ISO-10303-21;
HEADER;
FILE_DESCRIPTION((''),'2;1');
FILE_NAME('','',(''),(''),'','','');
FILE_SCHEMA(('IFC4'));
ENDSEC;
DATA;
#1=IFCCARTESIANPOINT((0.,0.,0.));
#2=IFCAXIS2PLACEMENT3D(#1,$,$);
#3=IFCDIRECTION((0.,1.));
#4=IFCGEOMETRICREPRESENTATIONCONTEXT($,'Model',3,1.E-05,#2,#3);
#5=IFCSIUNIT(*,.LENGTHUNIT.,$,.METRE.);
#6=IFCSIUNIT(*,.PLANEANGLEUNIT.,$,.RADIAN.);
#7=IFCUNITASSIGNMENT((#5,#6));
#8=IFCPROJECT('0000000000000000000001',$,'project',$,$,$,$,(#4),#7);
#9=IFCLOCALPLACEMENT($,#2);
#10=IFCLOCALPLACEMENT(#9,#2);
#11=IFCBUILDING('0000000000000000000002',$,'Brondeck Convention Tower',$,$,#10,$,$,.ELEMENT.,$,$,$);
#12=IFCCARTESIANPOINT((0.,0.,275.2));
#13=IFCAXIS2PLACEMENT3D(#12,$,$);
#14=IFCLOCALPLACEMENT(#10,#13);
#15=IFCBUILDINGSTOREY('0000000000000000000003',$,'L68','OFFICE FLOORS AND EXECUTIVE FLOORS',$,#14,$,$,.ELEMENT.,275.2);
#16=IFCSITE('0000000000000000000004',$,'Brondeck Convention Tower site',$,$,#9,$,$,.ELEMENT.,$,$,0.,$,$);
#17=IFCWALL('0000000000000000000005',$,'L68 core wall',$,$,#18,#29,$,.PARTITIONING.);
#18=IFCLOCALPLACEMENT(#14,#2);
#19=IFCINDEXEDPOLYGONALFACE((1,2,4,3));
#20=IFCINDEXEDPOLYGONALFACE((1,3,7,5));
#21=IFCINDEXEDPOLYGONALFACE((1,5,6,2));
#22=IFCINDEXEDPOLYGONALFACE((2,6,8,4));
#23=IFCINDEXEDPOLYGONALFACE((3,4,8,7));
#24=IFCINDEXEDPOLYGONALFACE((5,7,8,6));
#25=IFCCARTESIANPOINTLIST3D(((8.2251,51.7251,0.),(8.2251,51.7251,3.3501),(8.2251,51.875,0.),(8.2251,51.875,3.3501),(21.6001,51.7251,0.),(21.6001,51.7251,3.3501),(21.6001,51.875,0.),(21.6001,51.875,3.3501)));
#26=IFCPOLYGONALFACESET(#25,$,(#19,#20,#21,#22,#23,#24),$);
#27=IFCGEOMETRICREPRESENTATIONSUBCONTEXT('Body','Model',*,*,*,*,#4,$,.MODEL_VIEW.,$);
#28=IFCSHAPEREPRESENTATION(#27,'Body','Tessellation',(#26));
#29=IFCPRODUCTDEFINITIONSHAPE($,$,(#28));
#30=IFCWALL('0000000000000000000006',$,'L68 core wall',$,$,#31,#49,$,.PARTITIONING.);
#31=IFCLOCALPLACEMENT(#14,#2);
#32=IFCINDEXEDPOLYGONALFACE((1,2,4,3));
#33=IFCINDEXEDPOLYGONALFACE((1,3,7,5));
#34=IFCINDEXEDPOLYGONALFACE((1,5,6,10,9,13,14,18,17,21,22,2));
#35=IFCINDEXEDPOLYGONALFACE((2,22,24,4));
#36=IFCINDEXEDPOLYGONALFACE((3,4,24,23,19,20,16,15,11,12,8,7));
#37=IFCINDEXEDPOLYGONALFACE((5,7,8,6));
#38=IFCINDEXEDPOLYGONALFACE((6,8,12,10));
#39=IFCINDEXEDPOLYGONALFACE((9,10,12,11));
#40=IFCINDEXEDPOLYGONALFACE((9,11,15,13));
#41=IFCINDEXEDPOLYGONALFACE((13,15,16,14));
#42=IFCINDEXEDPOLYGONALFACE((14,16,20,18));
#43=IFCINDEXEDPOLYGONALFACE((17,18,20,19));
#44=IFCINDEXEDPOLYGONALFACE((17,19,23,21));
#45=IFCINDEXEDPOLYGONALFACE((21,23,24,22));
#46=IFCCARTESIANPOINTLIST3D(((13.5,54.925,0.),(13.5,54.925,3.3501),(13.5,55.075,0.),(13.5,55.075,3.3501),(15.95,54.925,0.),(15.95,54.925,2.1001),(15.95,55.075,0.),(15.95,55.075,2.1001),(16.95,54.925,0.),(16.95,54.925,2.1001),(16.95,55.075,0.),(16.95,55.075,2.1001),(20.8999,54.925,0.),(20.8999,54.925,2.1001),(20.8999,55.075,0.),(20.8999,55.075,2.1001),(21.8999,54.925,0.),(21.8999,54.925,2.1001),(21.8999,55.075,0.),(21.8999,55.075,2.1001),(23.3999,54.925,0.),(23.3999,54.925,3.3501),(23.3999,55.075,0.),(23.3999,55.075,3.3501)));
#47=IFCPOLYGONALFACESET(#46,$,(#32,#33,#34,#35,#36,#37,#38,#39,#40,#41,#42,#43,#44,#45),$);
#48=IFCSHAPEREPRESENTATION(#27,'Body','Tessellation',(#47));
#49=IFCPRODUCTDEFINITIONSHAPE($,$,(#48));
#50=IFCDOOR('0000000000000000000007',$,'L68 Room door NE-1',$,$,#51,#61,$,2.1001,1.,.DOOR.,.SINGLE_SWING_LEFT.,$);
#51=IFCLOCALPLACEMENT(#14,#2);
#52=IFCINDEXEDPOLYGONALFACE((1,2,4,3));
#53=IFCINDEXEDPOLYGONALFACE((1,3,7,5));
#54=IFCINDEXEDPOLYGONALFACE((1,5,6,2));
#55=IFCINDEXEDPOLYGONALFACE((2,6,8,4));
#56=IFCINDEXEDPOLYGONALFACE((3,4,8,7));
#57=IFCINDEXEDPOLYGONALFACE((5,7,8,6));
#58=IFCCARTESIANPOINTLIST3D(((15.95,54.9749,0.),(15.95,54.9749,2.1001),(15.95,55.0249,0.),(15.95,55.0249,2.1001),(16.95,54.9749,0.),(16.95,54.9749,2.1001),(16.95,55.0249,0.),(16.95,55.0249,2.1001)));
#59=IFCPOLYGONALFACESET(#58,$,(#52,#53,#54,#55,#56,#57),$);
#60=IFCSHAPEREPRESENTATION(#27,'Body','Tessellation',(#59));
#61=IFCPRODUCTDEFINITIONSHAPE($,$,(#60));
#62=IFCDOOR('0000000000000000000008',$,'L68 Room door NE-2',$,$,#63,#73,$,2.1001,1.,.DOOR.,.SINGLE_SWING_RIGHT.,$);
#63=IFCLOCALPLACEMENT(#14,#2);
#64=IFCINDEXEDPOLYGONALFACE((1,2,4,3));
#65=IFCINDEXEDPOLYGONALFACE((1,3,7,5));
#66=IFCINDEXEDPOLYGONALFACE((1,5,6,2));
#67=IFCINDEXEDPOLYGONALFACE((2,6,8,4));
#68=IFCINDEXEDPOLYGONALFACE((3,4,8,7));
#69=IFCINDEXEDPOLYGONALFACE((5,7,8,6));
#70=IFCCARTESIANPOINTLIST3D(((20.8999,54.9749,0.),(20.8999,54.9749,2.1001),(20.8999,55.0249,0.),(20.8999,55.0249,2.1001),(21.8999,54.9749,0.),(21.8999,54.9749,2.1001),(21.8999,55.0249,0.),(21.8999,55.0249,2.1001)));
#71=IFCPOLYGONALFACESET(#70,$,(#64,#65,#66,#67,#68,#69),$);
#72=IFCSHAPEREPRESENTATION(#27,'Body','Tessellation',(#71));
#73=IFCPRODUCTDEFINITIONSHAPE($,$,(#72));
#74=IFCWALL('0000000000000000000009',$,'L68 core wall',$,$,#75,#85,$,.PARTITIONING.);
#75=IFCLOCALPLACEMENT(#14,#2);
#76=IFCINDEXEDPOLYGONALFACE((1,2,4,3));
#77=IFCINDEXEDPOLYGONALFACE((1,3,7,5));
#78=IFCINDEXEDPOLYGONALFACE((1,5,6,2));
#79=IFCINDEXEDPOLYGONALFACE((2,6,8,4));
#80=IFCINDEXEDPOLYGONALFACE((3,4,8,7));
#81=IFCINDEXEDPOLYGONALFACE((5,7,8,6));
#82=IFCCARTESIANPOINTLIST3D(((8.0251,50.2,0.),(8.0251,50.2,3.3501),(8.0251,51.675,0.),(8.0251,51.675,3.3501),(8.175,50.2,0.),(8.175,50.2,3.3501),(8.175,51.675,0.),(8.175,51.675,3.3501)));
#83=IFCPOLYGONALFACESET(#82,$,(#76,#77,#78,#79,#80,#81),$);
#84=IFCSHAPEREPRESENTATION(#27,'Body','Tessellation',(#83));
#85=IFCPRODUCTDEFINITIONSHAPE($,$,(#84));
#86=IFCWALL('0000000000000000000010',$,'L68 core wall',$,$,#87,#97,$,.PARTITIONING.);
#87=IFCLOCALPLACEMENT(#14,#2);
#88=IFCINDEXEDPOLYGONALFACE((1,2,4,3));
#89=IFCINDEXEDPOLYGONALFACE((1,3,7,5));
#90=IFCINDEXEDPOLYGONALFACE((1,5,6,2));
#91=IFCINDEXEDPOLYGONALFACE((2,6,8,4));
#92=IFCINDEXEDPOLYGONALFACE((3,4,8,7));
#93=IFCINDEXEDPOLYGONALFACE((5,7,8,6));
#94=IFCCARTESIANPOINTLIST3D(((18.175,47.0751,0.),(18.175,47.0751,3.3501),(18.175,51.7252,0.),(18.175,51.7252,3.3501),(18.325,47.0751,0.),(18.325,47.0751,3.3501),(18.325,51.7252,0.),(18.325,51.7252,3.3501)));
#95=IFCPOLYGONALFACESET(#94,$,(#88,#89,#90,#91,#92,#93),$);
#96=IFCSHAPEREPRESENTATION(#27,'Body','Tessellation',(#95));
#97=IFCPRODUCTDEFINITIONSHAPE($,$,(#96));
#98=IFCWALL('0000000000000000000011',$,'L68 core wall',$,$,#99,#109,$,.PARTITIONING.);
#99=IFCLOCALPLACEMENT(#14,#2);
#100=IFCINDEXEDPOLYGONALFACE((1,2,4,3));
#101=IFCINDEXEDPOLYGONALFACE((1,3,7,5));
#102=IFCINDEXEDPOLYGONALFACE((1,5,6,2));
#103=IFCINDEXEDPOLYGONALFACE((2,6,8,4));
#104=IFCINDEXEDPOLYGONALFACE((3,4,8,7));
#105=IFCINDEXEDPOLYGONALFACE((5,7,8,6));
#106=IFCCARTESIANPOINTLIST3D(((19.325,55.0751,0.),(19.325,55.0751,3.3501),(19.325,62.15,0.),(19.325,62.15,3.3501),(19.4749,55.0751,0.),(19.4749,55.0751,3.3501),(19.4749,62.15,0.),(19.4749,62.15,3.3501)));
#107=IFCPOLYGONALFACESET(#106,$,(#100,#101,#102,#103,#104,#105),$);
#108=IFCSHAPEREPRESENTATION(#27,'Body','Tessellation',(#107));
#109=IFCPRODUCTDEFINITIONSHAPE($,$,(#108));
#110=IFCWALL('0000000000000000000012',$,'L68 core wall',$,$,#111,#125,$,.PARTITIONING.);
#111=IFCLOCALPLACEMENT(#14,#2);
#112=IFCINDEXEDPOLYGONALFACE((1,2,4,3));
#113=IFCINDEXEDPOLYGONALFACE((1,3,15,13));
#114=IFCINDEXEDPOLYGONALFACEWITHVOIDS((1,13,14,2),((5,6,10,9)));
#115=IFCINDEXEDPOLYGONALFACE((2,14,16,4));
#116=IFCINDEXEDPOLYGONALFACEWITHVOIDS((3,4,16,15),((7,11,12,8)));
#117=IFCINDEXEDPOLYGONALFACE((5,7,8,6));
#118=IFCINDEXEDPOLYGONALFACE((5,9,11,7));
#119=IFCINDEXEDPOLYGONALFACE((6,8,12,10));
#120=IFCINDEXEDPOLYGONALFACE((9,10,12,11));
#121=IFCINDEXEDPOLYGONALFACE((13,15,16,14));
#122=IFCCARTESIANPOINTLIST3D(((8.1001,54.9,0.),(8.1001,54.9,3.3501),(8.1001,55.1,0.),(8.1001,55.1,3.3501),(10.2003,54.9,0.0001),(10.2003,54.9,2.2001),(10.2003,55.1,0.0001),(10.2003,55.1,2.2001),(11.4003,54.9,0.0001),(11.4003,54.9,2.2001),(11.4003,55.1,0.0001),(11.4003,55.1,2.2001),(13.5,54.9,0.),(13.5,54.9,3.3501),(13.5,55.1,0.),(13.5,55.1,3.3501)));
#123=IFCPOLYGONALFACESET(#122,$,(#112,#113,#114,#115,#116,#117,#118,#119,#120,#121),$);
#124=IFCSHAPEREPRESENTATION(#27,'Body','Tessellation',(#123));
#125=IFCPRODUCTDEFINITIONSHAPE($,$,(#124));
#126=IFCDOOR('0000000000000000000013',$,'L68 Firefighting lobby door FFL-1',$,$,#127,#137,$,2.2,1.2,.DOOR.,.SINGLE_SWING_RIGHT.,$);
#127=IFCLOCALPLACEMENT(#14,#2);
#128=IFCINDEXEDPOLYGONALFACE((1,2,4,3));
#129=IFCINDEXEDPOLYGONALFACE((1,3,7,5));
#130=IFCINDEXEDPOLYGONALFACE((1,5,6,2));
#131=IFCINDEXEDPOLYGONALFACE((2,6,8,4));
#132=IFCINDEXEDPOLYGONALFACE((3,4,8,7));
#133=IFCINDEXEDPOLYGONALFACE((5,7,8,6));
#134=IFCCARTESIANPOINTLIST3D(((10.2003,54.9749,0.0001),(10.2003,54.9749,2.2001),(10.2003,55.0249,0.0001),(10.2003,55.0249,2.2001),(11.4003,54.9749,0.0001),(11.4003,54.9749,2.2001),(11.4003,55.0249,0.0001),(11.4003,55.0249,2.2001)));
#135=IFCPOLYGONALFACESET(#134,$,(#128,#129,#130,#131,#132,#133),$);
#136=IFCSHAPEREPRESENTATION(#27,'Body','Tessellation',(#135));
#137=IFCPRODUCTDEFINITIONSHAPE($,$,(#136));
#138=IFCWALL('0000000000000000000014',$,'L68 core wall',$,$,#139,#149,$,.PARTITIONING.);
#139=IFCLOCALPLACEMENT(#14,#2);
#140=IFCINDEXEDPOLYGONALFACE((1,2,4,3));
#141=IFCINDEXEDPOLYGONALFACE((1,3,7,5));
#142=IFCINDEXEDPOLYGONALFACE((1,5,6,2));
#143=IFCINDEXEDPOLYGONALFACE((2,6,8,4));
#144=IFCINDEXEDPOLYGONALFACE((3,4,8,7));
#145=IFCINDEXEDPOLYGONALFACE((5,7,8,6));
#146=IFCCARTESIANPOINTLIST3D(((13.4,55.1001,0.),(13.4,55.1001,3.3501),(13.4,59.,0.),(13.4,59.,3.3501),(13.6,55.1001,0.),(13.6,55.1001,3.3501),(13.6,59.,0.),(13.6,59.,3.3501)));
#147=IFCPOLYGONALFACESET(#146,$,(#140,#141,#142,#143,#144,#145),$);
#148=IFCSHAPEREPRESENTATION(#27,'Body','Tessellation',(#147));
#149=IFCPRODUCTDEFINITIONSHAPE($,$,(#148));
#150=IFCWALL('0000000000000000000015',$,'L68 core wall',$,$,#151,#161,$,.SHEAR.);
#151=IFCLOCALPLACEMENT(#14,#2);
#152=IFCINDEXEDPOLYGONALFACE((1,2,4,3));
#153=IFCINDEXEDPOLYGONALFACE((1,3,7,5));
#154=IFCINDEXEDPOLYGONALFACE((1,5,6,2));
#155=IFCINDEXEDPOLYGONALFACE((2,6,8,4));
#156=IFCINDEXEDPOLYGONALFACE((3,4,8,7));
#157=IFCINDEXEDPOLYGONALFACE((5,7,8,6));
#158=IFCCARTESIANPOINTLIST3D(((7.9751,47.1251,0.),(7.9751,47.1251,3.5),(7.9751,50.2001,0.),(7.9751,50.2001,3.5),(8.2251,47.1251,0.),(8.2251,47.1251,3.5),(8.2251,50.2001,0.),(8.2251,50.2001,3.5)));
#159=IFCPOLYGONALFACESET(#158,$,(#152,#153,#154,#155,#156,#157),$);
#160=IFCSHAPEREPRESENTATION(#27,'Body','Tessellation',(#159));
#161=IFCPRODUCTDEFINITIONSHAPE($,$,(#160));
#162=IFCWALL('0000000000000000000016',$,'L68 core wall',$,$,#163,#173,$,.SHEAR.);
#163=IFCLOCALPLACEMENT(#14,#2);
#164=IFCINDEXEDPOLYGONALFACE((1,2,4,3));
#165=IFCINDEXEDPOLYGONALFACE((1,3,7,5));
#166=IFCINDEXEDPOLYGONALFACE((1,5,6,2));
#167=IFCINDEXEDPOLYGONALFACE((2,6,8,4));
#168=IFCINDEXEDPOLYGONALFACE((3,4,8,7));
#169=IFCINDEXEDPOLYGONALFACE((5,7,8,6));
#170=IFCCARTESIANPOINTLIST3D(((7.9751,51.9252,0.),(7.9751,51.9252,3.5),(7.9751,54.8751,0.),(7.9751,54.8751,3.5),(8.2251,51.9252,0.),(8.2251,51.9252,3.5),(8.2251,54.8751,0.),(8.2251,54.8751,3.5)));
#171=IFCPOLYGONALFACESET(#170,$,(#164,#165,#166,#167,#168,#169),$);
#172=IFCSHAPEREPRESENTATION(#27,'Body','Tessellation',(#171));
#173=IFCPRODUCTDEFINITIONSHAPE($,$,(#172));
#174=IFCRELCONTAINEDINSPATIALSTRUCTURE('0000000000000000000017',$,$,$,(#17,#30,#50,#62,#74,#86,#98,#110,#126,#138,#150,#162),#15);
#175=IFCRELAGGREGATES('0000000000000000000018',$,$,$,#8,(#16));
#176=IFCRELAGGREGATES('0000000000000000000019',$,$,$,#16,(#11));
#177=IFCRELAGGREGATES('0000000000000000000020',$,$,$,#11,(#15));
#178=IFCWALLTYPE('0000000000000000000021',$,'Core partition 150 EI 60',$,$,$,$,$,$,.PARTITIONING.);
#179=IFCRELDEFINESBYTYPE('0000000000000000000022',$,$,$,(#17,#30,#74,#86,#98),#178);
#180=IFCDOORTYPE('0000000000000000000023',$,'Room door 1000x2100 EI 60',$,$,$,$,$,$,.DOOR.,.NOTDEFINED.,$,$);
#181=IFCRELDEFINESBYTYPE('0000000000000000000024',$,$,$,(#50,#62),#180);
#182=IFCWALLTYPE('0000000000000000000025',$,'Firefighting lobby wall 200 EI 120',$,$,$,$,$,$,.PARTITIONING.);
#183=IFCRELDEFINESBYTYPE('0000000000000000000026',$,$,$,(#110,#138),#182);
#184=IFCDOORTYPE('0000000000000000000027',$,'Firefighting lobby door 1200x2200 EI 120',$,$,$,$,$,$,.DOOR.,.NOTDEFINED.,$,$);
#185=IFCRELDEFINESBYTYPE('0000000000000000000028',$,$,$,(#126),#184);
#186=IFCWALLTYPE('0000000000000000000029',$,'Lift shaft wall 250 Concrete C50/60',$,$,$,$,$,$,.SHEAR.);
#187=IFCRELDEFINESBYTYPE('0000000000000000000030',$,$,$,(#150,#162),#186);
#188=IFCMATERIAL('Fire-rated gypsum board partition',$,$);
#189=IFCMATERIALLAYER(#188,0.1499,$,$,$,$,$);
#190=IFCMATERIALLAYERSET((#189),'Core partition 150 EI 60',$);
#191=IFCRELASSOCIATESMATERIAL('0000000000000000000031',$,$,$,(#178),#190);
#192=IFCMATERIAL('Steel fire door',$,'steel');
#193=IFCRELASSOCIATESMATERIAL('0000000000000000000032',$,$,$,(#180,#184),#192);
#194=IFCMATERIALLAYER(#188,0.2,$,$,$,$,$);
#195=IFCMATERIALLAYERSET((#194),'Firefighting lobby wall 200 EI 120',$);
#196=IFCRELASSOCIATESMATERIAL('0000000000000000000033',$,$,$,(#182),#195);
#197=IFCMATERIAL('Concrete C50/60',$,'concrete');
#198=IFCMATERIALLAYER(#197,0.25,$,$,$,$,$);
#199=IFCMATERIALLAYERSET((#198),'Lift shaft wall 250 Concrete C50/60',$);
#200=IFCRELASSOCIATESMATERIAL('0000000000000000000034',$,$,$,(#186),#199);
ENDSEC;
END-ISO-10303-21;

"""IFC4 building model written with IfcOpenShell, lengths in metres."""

from ifc_helpers import new_model, si_unit, direction, frame, frame_2d, origin, place, context, subcontext, project, spatial, rectangle, extrude, material, layer, layer_set, type_object, element, fill, save


model = new_model("IFC4")

# Units and contexts
model_context = context("Model", 3, precision=1e-05, world=origin(), true_north=direction((0.0, 1.0)))
body_context = subcontext(model_context, "Body", "Model", "MODEL_VIEW")
ifc_project = project(units=[si_unit("LENGTHUNIT", "METRE"), si_unit("PLANEANGLEUNIT", "RADIAN")], contexts=[model_context])

# Site, building, storey
site_placement = place(None, origin())
site = spatial("IfcSite", under=ifc_project, at=site_placement, Name="Brondeck Convention Tower site", CompositionType="ELEMENT", RefElevation=0.0)
building_placement = place(site_placement, origin())
building = spatial("IfcBuilding", under=site, at=building_placement, Name="Brondeck Convention Tower", CompositionType="ELEMENT")
storey_placement = place(building_placement, frame((0.0, 0.0, 275.2)))
storey = spatial("IfcBuildingStorey", under=building, at=storey_placement, Name="L68", Description="OFFICE FLOORS AND EXECUTIVE FLOORS", CompositionType="ELEMENT", Elevation=275.2)

# Wall
ifc_material_1 = material(Name="Fire-rated gypsum board partition")
ifc_layer_1 = layer(ifc_material_1, 0.1499)
ifc_layer_set_1 = layer_set([ifc_layer_1], Name="Core partition 150 EI 60")
wall_type_1 = type_object("IfcWallType", Name="Core partition 150 EI 60", PredefinedType="PARTITIONING", material=ifc_layer_set_1)
wall_1_placement = place(storey_placement, frame((8.2251, 51.8, 0.0), z_axis=(0.0, 0.0, 1.0), x_axis=(1.0, 0.0, 0.0)))
element("IfcWall", 1, at=wall_1_placement, inside=storey, type_object=wall_type_1, Name="L68 core wall", PredefinedType="PARTITIONING", context=body_context, shape_type="SweptSolid", body=[
    extrude(rectangle(XDim=13.375, YDim=0.1499, at=frame_2d((6.6875, 0.0))), origin(), (0.0, 0.0, 1.0), 3.3501),
])

# Wall, openings, doors
wall_2_placement = place(storey_placement, frame((13.5, 55.0, 0.0), z_axis=(0.0, 0.0, 1.0), x_axis=(1.0, 0.0, 0.0)))
wall_2 = element("IfcWall", 2, at=wall_2_placement, inside=storey, type_object=wall_type_1, Name="L68 core wall", PredefinedType="PARTITIONING", context=body_context, shape_type="SweptSolid", body=[
    extrude(rectangle(XDim=9.8999, YDim=0.1499, at=frame_2d((4.95, 0.0))), origin(), (0.0, 0.0, 1.0), 3.3501),
])
opening_1_placement = place(wall_2_placement, frame((2.45, 0.0, 0.0)))
opening_1 = element("IfcOpeningElement", 3, at=opening_1_placement, cuts=wall_2, PredefinedType="OPENING", context=body_context, shape_type="SweptSolid", body=[
    extrude(rectangle(XDim=1.0, YDim=2.1001, at=frame_2d((0.5, 1.05))), frame((0.0, 0.085, 0.0), z_axis=(0.0, -1.0, 0.0), x_axis=(1.0, 0.0, 0.0)), (0.0, 0.0, 1.0), 0.1699),
])
opening_2_placement = place(wall_2_placement, frame((7.3999, 0.0, 0.0)))
opening_2 = element("IfcOpeningElement", 4, at=opening_2_placement, cuts=wall_2, PredefinedType="OPENING", context=body_context, shape_type="SweptSolid", body=[
    extrude(rectangle(XDim=1.0, YDim=2.1001, at=frame_2d((0.5, 1.05))), frame((0.0, 0.085, 0.0), z_axis=(0.0, -1.0, 0.0), x_axis=(1.0, 0.0, 0.0)), (0.0, 0.0, 1.0), 0.1699),
])
ifc_material_2 = material(Name="Steel fire door", Category="steel")
door_type_1 = type_object("IfcDoorType", Name="Room door 1000x2100 EI 60", OperationType="NOTDEFINED", PredefinedType="DOOR", material=ifc_material_2)
door_1_placement = place(opening_1_placement, origin())
door_1 = element("IfcDoor", 5, at=door_1_placement, inside=storey, type_object=door_type_1, Name="L68 Room door NE-1", OperationType="SINGLE_SWING_LEFT", OverallHeight=2.1001, OverallWidth=1.0, PredefinedType="DOOR", context=body_context, shape_type="SweptSolid", body=[
    extrude(rectangle(XDim=1.0, YDim=2.1001, at=frame_2d((0.5, 1.05))), frame((0.0, 0.0249, 0.0), z_axis=(0.0, -1.0, 0.0), x_axis=(1.0, 0.0, 0.0)), (0.0, 0.0, 1.0), 0.05),
])
fill(opening_1, door_1)
door_2_placement = place(opening_2_placement, origin())
door_2 = element("IfcDoor", 6, at=door_2_placement, inside=storey, type_object=door_type_1, Name="L68 Room door NE-2", OperationType="SINGLE_SWING_RIGHT", OverallHeight=2.1001, OverallWidth=1.0, PredefinedType="DOOR", context=body_context, shape_type="SweptSolid", body=[
    extrude(rectangle(XDim=1.0, YDim=2.1001, at=frame_2d((0.5, 1.05))), frame((0.0, 0.0249, 0.0), z_axis=(0.0, -1.0, 0.0), x_axis=(1.0, 0.0, 0.0)), (0.0, 0.0, 1.0), 0.05),
])
fill(opening_2, door_2)

# Walls
wall_3_placement = place(storey_placement, frame((8.1001, 50.2, 0.0), z_axis=(0.0, 0.0, 1.0), x_axis=(0.0, 1.0, 0.0)))
element("IfcWall", 7, at=wall_3_placement, inside=storey, type_object=wall_type_1, Name="L68 core wall", PredefinedType="PARTITIONING", context=body_context, shape_type="SweptSolid", body=[
    extrude(rectangle(XDim=1.4751, YDim=0.1499, at=frame_2d((0.7375, 0.0))), origin(), (0.0, 0.0, 1.0), 3.3501),
])
wall_4_placement = place(storey_placement, frame((18.25, 47.075, 0.0), z_axis=(0.0, 0.0, 1.0), x_axis=(0.0, 1.0, 0.0)))
element("IfcWall", 8, at=wall_4_placement, inside=storey, type_object=wall_type_1, Name="L68 core wall", PredefinedType="PARTITIONING", context=body_context, shape_type="SweptSolid", body=[
    extrude(rectangle(XDim=4.6501, YDim=0.1499, at=frame_2d((2.3252, 0.0))), origin(), (0.0, 0.0, 1.0), 3.3501),
])
wall_5_placement = place(storey_placement, frame((19.3999, 55.075, 0.0), z_axis=(0.0, 0.0, 1.0), x_axis=(0.0, 1.0, 0.0)))
element("IfcWall", 9, at=wall_5_placement, inside=storey, type_object=wall_type_1, Name="L68 core wall", PredefinedType="PARTITIONING", context=body_context, shape_type="SweptSolid", body=[
    extrude(rectangle(XDim=7.075, YDim=0.1499, at=frame_2d((3.5376, 0.0))), origin(), (0.0, 0.0, 1.0), 3.3501),
])

# Wall, opening, door
ifc_layer_2 = layer(ifc_material_1, 0.2)
ifc_layer_set_2 = layer_set([ifc_layer_2], Name="Firefighting lobby wall 200 EI 120")
wall_type_2 = type_object("IfcWallType", Name="Firefighting lobby wall 200 EI 120", PredefinedType="PARTITIONING", material=ifc_layer_set_2)
wall_6_placement = place(storey_placement, frame((8.1001, 55.0, 0.0), z_axis=(0.0, 0.0, 1.0), x_axis=(1.0, 0.0, 0.0)))
wall_6 = element("IfcWall", 10, at=wall_6_placement, inside=storey, type_object=wall_type_2, Name="L68 core wall", PredefinedType="PARTITIONING", context=body_context, shape_type="SweptSolid", body=[
    extrude(rectangle(XDim=5.3999, YDim=0.2, at=frame_2d((2.7, 0.0))), origin(), (0.0, 0.0, 1.0), 3.3501),
])
opening_3_placement = place(wall_6_placement, frame((2.1001, 0.0, 0.0)))
opening_3 = element("IfcOpeningElement", 11, at=opening_3_placement, cuts=wall_6, PredefinedType="OPENING", context=body_context, shape_type="SweptSolid", body=[
    extrude(rectangle(XDim=1.2, YDim=2.2, at=frame_2d((0.6001, 1.1001))), frame((0.0, 0.1099, 0.0), z_axis=(0.0, -1.0, 0.0), x_axis=(1.0, 0.0, 0.0)), (0.0, 0.0, 1.0), 0.22),
])
door_type_2 = type_object("IfcDoorType", Name="Firefighting lobby door 1200x2200 EI 120", OperationType="NOTDEFINED", PredefinedType="DOOR", material=ifc_material_2)
door_3_placement = place(opening_3_placement, origin())
door_3 = element("IfcDoor", 12, at=door_3_placement, inside=storey, type_object=door_type_2, Name="L68 Firefighting lobby door FFL-1", OperationType="SINGLE_SWING_RIGHT", OverallHeight=2.2, OverallWidth=1.2, PredefinedType="DOOR", context=body_context, shape_type="SweptSolid", body=[
    extrude(rectangle(XDim=1.2, YDim=2.2, at=frame_2d((0.6001, 1.1001))), frame((0.0, 0.0249, 0.0), z_axis=(0.0, -1.0, 0.0), x_axis=(1.0, 0.0, 0.0)), (0.0, 0.0, 1.0), 0.05),
])
fill(opening_3, door_3)

# Walls
wall_7_placement = place(storey_placement, frame((13.5, 55.1001, 0.0), z_axis=(0.0, 0.0, 1.0), x_axis=(0.0, 1.0, 0.0)))
element("IfcWall", 13, at=wall_7_placement, inside=storey, type_object=wall_type_2, Name="L68 core wall", PredefinedType="PARTITIONING", context=body_context, shape_type="SweptSolid", body=[
    extrude(rectangle(XDim=3.8999, YDim=0.2, at=frame_2d((1.95, 0.0))), origin(), (0.0, 0.0, 1.0), 3.3501),
])
ifc_material_3 = material(Name="Concrete C50/60", Category="concrete")
ifc_layer_3 = layer(ifc_material_3, 0.25)
ifc_layer_set_3 = layer_set([ifc_layer_3], Name="Lift shaft wall 250 Concrete C50/60")
wall_type_3 = type_object("IfcWallType", Name="Lift shaft wall 250 Concrete C50/60", PredefinedType="SHEAR", material=ifc_layer_set_3)
wall_8_placement = place(storey_placement, frame((8.1001, 47.125, 0.0), z_axis=(0.0, 0.0, 1.0), x_axis=(0.0, 1.0, 0.0)))
element("IfcWall", 14, at=wall_8_placement, inside=storey, type_object=wall_type_3, Name="L68 core wall", PredefinedType="SHEAR", context=body_context, shape_type="SweptSolid", body=[
    extrude(rectangle(XDim=3.075, YDim=0.25, at=frame_2d((1.5376, 0.0))), origin(), (0.0, 0.0, 1.0), 3.5),
])
wall_9_placement = place(storey_placement, frame((8.1001, 51.925, 0.0), z_axis=(0.0, 0.0, 1.0), x_axis=(0.0, 1.0, 0.0)))
element("IfcWall", 15, at=wall_9_placement, inside=storey, type_object=wall_type_3, Name="L68 core wall", PredefinedType="SHEAR", context=body_context, shape_type="SweptSolid", body=[
    extrude(rectangle(XDim=2.95, YDim=0.25, at=frame_2d((1.4751, 0.0))), origin(), (0.0, 0.0, 1.0), 3.5),
])

save(model, "model.ifc")
